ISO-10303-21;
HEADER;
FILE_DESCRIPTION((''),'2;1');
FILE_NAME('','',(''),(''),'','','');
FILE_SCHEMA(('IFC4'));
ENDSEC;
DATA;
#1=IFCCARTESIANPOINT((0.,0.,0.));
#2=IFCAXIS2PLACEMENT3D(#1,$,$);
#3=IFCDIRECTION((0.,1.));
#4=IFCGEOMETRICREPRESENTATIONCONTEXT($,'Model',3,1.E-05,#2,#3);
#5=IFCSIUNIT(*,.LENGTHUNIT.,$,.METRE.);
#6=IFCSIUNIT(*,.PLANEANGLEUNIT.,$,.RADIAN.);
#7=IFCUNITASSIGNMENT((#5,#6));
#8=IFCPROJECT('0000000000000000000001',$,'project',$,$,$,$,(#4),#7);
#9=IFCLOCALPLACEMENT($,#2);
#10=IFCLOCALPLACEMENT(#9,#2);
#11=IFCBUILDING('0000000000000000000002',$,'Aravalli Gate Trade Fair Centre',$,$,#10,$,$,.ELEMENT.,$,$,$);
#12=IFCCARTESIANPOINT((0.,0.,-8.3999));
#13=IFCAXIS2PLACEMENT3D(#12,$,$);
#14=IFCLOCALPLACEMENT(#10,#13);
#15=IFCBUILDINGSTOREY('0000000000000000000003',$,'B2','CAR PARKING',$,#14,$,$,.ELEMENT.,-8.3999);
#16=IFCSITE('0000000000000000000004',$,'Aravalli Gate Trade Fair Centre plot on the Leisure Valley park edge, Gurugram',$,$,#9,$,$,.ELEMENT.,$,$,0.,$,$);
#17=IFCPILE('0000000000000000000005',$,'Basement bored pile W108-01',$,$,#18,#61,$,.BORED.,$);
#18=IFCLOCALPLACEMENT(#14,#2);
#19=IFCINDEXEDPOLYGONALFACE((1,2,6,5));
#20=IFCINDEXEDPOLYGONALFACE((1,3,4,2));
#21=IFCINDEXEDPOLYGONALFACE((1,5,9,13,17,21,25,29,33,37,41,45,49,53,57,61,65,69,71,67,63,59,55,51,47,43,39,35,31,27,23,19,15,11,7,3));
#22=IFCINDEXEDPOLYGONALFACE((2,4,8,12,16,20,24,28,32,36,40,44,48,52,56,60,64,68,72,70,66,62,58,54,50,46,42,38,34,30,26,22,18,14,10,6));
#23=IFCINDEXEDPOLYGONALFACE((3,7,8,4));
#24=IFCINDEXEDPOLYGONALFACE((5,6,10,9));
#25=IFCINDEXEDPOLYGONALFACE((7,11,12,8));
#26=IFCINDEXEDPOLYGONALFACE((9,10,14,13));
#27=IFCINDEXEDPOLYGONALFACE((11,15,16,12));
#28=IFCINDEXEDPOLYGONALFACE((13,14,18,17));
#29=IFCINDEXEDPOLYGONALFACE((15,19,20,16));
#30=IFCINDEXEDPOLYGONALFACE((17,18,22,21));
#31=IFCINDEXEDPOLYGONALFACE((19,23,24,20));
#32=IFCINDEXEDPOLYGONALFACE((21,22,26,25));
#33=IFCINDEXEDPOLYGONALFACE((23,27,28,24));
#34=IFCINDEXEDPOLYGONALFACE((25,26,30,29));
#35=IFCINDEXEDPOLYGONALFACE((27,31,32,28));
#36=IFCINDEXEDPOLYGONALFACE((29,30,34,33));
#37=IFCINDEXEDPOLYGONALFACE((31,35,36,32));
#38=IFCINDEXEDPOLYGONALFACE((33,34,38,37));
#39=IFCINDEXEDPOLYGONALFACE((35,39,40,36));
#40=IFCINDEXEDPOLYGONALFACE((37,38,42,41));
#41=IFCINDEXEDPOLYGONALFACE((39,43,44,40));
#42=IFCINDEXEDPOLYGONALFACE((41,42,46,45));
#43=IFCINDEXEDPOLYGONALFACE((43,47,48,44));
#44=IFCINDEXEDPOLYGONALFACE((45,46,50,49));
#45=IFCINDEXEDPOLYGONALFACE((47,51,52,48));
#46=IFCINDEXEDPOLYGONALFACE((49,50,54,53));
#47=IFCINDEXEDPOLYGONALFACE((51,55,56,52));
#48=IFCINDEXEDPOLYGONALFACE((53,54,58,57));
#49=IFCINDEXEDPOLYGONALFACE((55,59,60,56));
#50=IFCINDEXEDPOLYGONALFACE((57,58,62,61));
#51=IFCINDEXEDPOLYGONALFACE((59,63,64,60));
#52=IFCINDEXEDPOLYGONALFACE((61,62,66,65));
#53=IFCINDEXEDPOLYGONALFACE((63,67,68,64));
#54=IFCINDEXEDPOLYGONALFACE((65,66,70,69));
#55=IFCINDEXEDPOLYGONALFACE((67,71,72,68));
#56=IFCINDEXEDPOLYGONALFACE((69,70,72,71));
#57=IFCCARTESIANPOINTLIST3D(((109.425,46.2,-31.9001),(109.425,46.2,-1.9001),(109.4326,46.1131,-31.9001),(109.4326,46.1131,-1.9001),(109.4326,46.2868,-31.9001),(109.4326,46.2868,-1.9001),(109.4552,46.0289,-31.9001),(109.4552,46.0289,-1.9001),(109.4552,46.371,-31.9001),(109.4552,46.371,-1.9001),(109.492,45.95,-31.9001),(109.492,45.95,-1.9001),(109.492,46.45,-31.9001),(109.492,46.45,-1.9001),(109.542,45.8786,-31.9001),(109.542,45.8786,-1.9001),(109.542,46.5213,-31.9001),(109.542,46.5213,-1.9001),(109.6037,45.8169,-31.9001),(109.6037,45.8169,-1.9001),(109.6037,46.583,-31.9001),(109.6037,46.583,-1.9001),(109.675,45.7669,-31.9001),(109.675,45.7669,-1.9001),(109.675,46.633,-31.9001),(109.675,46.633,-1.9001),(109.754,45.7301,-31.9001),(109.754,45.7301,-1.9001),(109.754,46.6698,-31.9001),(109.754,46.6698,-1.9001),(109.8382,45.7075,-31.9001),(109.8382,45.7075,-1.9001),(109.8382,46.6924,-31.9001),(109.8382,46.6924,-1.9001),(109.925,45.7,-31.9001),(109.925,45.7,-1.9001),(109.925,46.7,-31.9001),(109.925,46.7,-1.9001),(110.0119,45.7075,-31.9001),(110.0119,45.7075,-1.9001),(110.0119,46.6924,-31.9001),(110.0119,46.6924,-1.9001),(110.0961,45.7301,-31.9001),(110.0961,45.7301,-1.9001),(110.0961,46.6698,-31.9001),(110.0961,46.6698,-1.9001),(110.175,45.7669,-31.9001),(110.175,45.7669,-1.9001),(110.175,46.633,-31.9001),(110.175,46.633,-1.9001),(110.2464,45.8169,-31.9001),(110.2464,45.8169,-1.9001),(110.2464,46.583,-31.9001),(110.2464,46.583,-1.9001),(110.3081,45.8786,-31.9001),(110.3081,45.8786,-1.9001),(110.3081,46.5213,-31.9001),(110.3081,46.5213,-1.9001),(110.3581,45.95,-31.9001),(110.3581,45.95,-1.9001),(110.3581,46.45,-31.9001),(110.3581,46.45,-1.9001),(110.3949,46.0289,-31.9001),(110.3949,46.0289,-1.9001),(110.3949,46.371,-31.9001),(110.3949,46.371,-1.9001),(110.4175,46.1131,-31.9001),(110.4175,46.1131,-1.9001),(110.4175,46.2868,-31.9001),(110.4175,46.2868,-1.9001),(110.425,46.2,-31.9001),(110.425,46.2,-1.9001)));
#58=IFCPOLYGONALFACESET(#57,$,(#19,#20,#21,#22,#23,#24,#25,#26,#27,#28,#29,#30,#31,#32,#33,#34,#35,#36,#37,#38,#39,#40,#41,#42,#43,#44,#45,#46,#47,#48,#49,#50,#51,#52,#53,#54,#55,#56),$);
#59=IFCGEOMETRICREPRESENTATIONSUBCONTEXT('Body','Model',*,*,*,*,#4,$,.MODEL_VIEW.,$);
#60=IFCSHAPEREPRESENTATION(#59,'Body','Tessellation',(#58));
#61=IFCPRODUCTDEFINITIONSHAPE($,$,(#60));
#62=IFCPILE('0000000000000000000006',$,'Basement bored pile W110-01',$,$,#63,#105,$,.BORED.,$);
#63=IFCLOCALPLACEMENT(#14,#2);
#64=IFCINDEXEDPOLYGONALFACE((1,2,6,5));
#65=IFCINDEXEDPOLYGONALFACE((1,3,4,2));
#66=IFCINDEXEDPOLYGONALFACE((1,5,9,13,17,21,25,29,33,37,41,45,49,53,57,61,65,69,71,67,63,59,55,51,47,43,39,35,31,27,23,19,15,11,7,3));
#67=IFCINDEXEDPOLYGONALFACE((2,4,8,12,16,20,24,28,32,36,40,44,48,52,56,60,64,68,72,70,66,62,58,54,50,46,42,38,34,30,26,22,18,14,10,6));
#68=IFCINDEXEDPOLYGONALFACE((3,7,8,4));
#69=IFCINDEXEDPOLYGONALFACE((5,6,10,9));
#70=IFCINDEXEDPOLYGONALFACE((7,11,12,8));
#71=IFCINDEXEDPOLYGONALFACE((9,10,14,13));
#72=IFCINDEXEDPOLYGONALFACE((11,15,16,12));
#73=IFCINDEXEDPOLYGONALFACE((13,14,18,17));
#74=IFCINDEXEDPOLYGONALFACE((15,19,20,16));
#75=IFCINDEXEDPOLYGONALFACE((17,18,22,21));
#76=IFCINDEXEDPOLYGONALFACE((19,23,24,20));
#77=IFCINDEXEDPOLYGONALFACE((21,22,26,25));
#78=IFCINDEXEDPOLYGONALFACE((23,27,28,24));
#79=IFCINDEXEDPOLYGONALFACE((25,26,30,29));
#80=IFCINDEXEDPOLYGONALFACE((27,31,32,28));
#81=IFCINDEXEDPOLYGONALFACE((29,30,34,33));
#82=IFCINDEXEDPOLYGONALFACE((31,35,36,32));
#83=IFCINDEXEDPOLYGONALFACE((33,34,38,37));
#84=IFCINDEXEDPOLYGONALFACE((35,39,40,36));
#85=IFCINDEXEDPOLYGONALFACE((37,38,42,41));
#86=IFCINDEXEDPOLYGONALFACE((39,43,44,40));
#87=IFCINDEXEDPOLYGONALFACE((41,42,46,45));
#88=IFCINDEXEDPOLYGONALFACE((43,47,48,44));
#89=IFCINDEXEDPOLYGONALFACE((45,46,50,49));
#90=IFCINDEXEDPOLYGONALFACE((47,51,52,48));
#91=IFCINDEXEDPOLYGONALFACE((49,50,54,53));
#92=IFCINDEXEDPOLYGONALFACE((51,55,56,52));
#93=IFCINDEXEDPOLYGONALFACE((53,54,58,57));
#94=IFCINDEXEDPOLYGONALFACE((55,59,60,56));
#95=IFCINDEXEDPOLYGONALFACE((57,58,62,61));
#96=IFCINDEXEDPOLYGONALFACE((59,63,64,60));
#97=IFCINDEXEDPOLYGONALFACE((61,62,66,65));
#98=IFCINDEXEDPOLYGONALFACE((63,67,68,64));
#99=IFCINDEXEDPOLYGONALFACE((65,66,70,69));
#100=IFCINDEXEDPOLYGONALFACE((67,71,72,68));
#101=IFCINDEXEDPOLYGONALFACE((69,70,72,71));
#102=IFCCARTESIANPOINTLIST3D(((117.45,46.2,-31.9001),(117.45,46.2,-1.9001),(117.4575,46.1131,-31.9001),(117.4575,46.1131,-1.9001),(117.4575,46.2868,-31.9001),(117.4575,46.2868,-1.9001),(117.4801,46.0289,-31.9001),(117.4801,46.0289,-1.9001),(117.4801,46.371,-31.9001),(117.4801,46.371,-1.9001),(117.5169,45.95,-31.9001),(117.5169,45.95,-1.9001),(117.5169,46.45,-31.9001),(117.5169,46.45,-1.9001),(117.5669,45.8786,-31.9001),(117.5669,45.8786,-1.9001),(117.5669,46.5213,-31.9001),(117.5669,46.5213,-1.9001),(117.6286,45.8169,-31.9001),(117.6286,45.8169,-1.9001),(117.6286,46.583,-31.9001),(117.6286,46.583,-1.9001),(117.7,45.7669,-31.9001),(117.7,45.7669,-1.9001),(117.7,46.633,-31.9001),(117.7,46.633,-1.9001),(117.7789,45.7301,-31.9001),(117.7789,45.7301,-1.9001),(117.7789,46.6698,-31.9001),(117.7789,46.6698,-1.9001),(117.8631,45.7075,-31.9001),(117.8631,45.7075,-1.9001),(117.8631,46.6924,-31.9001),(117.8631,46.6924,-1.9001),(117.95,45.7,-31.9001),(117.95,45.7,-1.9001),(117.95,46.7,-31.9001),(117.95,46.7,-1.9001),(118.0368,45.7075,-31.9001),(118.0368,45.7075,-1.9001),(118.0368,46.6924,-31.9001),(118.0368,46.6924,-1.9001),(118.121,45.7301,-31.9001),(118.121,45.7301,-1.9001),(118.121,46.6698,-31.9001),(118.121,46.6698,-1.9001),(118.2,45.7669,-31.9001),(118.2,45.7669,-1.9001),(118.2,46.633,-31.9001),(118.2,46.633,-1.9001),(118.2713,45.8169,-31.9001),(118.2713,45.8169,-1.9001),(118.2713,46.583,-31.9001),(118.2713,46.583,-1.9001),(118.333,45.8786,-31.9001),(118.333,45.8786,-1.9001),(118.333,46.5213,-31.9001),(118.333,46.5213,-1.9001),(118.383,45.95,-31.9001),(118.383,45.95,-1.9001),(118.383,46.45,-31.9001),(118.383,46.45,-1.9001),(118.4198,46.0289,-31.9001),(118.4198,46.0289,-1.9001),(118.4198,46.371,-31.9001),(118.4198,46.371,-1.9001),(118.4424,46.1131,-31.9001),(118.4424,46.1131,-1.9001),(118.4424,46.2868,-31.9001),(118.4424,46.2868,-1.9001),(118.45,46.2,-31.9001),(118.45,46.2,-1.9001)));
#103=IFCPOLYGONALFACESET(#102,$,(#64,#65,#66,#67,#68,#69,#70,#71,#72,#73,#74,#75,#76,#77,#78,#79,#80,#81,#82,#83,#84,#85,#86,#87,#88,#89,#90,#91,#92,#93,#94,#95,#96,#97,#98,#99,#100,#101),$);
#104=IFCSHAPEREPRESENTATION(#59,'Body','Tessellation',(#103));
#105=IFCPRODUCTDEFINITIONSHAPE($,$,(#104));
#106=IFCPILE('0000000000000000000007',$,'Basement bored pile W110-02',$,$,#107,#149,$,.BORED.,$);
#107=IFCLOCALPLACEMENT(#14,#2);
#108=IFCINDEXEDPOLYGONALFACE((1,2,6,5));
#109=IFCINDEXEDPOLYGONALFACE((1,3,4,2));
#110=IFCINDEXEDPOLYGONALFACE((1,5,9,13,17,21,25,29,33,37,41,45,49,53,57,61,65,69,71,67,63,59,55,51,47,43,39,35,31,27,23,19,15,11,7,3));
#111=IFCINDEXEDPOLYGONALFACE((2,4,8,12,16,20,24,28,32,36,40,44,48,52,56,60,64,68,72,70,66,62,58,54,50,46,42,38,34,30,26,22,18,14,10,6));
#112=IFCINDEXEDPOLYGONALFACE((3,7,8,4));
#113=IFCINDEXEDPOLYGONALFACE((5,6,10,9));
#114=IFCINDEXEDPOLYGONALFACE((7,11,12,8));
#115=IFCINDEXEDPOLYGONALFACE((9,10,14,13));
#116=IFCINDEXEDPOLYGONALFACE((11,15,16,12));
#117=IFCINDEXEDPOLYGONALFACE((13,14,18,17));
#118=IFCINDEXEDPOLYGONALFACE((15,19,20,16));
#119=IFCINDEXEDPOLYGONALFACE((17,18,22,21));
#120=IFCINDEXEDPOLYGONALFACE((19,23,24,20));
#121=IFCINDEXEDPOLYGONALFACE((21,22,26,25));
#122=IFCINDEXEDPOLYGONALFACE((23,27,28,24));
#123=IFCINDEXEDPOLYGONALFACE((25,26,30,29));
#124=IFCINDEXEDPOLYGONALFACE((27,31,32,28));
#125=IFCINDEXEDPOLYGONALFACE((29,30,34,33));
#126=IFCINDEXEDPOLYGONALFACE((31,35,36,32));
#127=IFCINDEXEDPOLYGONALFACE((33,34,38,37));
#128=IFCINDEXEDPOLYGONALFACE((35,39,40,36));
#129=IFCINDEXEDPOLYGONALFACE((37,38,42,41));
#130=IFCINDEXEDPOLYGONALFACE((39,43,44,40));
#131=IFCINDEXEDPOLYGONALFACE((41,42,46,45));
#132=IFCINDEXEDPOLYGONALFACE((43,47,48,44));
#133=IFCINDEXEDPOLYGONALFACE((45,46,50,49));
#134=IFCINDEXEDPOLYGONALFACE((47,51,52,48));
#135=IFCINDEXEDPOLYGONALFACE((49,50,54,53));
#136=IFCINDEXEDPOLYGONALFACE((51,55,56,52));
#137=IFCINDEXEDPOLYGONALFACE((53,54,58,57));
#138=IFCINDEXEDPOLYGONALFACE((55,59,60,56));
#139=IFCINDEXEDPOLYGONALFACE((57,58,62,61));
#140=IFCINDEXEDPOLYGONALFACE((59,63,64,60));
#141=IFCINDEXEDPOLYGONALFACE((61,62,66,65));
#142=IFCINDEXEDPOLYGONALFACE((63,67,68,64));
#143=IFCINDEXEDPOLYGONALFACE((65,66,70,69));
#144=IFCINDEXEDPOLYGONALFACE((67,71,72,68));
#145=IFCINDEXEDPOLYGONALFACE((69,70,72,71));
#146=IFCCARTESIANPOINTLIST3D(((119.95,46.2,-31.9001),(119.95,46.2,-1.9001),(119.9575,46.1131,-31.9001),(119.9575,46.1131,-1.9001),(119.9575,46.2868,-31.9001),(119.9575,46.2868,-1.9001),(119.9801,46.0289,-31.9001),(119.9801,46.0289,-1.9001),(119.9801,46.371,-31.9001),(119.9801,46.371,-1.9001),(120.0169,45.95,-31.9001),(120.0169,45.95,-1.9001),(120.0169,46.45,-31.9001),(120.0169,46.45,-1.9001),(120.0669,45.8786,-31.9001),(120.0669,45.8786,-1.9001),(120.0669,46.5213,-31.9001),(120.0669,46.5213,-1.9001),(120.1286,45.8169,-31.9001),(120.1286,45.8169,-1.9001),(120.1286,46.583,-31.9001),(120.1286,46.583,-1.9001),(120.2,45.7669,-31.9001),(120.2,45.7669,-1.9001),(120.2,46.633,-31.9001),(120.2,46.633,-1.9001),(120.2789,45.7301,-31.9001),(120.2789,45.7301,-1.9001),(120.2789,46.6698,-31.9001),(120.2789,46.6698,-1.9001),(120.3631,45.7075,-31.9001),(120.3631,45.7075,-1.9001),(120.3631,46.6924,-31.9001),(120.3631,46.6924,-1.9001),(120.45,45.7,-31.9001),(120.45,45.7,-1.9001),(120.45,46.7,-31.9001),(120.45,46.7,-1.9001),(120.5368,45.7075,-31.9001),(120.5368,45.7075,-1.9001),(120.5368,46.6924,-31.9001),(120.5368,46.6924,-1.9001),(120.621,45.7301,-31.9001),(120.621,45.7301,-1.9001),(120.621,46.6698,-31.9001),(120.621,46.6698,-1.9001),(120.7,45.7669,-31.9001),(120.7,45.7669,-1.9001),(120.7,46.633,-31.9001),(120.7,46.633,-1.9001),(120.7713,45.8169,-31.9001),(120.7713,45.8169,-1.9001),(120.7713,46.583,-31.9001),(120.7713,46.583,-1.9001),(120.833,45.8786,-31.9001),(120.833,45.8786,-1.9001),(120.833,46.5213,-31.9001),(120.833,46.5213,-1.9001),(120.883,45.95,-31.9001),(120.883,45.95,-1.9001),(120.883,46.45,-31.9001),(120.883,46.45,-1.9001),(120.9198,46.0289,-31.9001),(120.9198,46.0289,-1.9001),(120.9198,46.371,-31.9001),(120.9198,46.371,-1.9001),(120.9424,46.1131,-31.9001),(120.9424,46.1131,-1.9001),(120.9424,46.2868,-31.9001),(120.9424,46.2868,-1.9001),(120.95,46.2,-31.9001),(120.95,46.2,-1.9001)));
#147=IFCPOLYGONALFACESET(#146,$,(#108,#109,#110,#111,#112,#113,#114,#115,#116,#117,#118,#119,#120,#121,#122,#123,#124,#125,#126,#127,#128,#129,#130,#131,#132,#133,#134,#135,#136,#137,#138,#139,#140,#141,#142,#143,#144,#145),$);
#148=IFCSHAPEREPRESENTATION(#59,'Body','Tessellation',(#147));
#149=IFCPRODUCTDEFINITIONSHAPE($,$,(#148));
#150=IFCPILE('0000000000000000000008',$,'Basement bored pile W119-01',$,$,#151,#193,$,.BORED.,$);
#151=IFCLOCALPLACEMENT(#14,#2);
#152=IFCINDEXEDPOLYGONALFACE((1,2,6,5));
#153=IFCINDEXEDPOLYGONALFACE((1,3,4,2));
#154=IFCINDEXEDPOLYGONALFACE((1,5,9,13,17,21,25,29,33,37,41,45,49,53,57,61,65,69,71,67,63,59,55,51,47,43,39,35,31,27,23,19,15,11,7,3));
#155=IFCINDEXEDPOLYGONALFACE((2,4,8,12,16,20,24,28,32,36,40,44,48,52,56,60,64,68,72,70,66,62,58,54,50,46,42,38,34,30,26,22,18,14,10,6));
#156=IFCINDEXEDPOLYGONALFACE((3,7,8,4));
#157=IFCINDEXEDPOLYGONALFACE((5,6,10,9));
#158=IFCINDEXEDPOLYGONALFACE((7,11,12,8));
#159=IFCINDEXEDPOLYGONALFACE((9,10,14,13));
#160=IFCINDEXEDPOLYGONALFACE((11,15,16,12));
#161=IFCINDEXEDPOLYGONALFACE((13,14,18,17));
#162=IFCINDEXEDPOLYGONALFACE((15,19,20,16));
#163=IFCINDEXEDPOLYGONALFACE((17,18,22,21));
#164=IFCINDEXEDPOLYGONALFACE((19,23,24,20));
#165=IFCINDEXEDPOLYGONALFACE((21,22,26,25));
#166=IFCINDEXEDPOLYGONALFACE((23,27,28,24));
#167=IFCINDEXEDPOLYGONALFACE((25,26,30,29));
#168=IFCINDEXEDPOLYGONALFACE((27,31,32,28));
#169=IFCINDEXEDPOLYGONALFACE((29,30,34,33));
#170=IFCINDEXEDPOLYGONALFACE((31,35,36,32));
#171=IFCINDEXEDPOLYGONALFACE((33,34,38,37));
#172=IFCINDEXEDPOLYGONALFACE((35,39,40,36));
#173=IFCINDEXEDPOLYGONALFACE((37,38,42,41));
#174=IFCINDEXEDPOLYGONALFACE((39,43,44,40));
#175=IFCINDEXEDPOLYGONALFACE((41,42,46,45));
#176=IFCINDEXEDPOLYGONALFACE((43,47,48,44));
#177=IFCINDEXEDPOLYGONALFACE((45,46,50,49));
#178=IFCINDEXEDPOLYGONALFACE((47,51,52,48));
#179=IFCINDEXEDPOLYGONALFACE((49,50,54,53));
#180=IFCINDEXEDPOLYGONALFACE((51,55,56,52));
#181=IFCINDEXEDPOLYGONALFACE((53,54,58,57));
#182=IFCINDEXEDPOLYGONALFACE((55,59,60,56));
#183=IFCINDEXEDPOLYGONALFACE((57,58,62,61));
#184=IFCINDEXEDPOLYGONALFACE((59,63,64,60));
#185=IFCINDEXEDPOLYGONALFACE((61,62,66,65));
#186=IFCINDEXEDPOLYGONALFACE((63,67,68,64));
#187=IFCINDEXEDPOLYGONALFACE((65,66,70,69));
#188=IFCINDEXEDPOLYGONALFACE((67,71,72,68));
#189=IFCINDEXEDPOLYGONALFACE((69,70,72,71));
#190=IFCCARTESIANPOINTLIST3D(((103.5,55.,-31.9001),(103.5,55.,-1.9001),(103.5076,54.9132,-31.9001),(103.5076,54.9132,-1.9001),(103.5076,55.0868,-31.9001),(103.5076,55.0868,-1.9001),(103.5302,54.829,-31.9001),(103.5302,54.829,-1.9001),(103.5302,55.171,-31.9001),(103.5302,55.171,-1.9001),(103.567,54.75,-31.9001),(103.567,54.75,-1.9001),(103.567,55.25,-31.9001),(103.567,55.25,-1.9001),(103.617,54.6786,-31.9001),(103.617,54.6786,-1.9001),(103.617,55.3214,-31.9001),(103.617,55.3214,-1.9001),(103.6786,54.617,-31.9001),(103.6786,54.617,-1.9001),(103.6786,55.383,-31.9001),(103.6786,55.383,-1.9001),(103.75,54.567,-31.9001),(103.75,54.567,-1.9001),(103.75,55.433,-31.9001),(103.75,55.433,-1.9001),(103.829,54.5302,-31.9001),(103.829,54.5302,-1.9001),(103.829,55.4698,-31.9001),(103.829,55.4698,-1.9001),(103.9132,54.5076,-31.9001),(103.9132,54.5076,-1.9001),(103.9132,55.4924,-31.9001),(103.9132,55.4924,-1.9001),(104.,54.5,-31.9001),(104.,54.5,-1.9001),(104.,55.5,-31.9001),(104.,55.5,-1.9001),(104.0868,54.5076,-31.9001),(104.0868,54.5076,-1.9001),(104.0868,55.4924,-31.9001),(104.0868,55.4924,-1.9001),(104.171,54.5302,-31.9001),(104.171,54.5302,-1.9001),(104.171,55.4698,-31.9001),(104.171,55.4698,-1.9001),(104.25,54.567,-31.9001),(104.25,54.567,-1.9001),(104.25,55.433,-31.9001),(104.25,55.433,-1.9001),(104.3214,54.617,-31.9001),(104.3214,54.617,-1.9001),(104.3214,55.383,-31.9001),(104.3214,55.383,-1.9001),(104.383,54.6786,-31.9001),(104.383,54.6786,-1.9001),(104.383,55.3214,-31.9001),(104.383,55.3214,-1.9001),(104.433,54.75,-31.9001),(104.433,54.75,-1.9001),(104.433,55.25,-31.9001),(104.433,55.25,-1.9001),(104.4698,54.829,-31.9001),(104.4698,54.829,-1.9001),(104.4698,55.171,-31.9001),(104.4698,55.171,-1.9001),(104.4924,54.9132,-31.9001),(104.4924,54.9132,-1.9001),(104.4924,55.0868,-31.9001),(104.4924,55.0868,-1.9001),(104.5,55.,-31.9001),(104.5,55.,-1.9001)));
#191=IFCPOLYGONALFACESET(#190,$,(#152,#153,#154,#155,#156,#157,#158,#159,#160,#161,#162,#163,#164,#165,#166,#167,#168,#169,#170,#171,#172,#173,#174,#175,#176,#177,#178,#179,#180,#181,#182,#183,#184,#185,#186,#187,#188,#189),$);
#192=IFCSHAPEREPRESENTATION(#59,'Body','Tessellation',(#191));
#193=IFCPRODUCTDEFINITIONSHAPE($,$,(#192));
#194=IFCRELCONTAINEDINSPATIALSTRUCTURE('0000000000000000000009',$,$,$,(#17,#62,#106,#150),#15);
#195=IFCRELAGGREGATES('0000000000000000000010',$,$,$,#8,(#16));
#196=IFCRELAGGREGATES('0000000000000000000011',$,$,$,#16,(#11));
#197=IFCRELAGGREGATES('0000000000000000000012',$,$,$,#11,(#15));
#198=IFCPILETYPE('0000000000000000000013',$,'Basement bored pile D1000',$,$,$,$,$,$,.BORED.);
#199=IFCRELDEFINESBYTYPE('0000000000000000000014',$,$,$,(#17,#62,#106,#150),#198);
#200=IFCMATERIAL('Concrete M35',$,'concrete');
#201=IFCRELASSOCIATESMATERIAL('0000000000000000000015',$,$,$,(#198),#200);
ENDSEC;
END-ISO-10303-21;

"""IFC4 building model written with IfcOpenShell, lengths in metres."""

from ifc_helpers import new_model, si_unit, direction, frame, origin, origin_2d, place, context, subcontext, project, spatial, circle, extrude, material, material_profile, profile_set, type_object, element, save


model = new_model("IFC4")

# Units and contexts
model_context = context("Model", 3, precision=1e-05, world=origin(), true_north=direction((0.0, 1.0)))
body_context = subcontext(model_context, "Body", "Model", "MODEL_VIEW")
ifc_project = project(units=[si_unit("LENGTHUNIT", "METRE"), si_unit("PLANEANGLEUNIT", "RADIAN")], contexts=[model_context])

# Site, building, storey
site_placement = place(None, origin())
site = spatial("IfcSite", under=ifc_project, at=site_placement, Name="Aravalli Gate Trade Fair Centre plot on the Leisure Valley park edge, Gurugram", CompositionType="ELEMENT", RefElevation=0.0)
building_placement = place(site_placement, origin())
building = spatial("IfcBuilding", under=site, at=building_placement, Name="Aravalli Gate Trade Fair Centre", CompositionType="ELEMENT")
storey_placement = place(building_placement, frame((0.0, 0.0, -8.3999)))
storey = spatial("IfcBuildingStorey", under=building, at=storey_placement, Name="B2", Description="CAR PARKING", CompositionType="ELEMENT", Elevation=-8.3999)

# Piles
ifc_material_1 = material(Name="Concrete M35", Category="concrete")
ifc_material_profile_1 = material_profile(ifc_material_1, circle(Radius=0.5, at=origin_2d()), Name="D1000")
ifc_profile_set_1 = profile_set([ifc_material_profile_1], Name="Concrete M35")
pile_type = type_object("IfcPileType", Name="Basement bored pile D1000", PredefinedType="BORED", material=ifc_profile_set_1)
for number, where, z_axis, x_axis, name in (
    (1, (109.925, 46.2, -1.9001), (0.0, 0.0, -1.0), (1.0, 0.0, 0.0), "Basement bored pile W108-01"),
    (2, (117.95, 46.2, -1.9001), (0.0, 0.0, -1.0), (1.0, 0.0, 0.0), "Basement bored pile W110-01"),
    (3, (120.45, 46.2, -1.9001), (0.0, 0.0, -1.0), (1.0, 0.0, 0.0), "Basement bored pile W110-02"),
    (4, (104.0, 55.0, -1.9001), (0.0, 0.0, -1.0), (1.0, 0.0, 0.0), "Basement bored pile W119-01"),
):
    element("IfcPile", number, at=place(storey_placement, frame(where, z_axis=z_axis, x_axis=x_axis)), inside=storey, type_object=pile_type, Name=name, PredefinedType="BORED", context=body_context, shape_type="SweptSolid", body=[
        extrude(circle(Radius=0.5, at=origin_2d()), origin(), (0.0, 0.0, 1.0), 30.0),
    ])

save(model, "model.ifc")
